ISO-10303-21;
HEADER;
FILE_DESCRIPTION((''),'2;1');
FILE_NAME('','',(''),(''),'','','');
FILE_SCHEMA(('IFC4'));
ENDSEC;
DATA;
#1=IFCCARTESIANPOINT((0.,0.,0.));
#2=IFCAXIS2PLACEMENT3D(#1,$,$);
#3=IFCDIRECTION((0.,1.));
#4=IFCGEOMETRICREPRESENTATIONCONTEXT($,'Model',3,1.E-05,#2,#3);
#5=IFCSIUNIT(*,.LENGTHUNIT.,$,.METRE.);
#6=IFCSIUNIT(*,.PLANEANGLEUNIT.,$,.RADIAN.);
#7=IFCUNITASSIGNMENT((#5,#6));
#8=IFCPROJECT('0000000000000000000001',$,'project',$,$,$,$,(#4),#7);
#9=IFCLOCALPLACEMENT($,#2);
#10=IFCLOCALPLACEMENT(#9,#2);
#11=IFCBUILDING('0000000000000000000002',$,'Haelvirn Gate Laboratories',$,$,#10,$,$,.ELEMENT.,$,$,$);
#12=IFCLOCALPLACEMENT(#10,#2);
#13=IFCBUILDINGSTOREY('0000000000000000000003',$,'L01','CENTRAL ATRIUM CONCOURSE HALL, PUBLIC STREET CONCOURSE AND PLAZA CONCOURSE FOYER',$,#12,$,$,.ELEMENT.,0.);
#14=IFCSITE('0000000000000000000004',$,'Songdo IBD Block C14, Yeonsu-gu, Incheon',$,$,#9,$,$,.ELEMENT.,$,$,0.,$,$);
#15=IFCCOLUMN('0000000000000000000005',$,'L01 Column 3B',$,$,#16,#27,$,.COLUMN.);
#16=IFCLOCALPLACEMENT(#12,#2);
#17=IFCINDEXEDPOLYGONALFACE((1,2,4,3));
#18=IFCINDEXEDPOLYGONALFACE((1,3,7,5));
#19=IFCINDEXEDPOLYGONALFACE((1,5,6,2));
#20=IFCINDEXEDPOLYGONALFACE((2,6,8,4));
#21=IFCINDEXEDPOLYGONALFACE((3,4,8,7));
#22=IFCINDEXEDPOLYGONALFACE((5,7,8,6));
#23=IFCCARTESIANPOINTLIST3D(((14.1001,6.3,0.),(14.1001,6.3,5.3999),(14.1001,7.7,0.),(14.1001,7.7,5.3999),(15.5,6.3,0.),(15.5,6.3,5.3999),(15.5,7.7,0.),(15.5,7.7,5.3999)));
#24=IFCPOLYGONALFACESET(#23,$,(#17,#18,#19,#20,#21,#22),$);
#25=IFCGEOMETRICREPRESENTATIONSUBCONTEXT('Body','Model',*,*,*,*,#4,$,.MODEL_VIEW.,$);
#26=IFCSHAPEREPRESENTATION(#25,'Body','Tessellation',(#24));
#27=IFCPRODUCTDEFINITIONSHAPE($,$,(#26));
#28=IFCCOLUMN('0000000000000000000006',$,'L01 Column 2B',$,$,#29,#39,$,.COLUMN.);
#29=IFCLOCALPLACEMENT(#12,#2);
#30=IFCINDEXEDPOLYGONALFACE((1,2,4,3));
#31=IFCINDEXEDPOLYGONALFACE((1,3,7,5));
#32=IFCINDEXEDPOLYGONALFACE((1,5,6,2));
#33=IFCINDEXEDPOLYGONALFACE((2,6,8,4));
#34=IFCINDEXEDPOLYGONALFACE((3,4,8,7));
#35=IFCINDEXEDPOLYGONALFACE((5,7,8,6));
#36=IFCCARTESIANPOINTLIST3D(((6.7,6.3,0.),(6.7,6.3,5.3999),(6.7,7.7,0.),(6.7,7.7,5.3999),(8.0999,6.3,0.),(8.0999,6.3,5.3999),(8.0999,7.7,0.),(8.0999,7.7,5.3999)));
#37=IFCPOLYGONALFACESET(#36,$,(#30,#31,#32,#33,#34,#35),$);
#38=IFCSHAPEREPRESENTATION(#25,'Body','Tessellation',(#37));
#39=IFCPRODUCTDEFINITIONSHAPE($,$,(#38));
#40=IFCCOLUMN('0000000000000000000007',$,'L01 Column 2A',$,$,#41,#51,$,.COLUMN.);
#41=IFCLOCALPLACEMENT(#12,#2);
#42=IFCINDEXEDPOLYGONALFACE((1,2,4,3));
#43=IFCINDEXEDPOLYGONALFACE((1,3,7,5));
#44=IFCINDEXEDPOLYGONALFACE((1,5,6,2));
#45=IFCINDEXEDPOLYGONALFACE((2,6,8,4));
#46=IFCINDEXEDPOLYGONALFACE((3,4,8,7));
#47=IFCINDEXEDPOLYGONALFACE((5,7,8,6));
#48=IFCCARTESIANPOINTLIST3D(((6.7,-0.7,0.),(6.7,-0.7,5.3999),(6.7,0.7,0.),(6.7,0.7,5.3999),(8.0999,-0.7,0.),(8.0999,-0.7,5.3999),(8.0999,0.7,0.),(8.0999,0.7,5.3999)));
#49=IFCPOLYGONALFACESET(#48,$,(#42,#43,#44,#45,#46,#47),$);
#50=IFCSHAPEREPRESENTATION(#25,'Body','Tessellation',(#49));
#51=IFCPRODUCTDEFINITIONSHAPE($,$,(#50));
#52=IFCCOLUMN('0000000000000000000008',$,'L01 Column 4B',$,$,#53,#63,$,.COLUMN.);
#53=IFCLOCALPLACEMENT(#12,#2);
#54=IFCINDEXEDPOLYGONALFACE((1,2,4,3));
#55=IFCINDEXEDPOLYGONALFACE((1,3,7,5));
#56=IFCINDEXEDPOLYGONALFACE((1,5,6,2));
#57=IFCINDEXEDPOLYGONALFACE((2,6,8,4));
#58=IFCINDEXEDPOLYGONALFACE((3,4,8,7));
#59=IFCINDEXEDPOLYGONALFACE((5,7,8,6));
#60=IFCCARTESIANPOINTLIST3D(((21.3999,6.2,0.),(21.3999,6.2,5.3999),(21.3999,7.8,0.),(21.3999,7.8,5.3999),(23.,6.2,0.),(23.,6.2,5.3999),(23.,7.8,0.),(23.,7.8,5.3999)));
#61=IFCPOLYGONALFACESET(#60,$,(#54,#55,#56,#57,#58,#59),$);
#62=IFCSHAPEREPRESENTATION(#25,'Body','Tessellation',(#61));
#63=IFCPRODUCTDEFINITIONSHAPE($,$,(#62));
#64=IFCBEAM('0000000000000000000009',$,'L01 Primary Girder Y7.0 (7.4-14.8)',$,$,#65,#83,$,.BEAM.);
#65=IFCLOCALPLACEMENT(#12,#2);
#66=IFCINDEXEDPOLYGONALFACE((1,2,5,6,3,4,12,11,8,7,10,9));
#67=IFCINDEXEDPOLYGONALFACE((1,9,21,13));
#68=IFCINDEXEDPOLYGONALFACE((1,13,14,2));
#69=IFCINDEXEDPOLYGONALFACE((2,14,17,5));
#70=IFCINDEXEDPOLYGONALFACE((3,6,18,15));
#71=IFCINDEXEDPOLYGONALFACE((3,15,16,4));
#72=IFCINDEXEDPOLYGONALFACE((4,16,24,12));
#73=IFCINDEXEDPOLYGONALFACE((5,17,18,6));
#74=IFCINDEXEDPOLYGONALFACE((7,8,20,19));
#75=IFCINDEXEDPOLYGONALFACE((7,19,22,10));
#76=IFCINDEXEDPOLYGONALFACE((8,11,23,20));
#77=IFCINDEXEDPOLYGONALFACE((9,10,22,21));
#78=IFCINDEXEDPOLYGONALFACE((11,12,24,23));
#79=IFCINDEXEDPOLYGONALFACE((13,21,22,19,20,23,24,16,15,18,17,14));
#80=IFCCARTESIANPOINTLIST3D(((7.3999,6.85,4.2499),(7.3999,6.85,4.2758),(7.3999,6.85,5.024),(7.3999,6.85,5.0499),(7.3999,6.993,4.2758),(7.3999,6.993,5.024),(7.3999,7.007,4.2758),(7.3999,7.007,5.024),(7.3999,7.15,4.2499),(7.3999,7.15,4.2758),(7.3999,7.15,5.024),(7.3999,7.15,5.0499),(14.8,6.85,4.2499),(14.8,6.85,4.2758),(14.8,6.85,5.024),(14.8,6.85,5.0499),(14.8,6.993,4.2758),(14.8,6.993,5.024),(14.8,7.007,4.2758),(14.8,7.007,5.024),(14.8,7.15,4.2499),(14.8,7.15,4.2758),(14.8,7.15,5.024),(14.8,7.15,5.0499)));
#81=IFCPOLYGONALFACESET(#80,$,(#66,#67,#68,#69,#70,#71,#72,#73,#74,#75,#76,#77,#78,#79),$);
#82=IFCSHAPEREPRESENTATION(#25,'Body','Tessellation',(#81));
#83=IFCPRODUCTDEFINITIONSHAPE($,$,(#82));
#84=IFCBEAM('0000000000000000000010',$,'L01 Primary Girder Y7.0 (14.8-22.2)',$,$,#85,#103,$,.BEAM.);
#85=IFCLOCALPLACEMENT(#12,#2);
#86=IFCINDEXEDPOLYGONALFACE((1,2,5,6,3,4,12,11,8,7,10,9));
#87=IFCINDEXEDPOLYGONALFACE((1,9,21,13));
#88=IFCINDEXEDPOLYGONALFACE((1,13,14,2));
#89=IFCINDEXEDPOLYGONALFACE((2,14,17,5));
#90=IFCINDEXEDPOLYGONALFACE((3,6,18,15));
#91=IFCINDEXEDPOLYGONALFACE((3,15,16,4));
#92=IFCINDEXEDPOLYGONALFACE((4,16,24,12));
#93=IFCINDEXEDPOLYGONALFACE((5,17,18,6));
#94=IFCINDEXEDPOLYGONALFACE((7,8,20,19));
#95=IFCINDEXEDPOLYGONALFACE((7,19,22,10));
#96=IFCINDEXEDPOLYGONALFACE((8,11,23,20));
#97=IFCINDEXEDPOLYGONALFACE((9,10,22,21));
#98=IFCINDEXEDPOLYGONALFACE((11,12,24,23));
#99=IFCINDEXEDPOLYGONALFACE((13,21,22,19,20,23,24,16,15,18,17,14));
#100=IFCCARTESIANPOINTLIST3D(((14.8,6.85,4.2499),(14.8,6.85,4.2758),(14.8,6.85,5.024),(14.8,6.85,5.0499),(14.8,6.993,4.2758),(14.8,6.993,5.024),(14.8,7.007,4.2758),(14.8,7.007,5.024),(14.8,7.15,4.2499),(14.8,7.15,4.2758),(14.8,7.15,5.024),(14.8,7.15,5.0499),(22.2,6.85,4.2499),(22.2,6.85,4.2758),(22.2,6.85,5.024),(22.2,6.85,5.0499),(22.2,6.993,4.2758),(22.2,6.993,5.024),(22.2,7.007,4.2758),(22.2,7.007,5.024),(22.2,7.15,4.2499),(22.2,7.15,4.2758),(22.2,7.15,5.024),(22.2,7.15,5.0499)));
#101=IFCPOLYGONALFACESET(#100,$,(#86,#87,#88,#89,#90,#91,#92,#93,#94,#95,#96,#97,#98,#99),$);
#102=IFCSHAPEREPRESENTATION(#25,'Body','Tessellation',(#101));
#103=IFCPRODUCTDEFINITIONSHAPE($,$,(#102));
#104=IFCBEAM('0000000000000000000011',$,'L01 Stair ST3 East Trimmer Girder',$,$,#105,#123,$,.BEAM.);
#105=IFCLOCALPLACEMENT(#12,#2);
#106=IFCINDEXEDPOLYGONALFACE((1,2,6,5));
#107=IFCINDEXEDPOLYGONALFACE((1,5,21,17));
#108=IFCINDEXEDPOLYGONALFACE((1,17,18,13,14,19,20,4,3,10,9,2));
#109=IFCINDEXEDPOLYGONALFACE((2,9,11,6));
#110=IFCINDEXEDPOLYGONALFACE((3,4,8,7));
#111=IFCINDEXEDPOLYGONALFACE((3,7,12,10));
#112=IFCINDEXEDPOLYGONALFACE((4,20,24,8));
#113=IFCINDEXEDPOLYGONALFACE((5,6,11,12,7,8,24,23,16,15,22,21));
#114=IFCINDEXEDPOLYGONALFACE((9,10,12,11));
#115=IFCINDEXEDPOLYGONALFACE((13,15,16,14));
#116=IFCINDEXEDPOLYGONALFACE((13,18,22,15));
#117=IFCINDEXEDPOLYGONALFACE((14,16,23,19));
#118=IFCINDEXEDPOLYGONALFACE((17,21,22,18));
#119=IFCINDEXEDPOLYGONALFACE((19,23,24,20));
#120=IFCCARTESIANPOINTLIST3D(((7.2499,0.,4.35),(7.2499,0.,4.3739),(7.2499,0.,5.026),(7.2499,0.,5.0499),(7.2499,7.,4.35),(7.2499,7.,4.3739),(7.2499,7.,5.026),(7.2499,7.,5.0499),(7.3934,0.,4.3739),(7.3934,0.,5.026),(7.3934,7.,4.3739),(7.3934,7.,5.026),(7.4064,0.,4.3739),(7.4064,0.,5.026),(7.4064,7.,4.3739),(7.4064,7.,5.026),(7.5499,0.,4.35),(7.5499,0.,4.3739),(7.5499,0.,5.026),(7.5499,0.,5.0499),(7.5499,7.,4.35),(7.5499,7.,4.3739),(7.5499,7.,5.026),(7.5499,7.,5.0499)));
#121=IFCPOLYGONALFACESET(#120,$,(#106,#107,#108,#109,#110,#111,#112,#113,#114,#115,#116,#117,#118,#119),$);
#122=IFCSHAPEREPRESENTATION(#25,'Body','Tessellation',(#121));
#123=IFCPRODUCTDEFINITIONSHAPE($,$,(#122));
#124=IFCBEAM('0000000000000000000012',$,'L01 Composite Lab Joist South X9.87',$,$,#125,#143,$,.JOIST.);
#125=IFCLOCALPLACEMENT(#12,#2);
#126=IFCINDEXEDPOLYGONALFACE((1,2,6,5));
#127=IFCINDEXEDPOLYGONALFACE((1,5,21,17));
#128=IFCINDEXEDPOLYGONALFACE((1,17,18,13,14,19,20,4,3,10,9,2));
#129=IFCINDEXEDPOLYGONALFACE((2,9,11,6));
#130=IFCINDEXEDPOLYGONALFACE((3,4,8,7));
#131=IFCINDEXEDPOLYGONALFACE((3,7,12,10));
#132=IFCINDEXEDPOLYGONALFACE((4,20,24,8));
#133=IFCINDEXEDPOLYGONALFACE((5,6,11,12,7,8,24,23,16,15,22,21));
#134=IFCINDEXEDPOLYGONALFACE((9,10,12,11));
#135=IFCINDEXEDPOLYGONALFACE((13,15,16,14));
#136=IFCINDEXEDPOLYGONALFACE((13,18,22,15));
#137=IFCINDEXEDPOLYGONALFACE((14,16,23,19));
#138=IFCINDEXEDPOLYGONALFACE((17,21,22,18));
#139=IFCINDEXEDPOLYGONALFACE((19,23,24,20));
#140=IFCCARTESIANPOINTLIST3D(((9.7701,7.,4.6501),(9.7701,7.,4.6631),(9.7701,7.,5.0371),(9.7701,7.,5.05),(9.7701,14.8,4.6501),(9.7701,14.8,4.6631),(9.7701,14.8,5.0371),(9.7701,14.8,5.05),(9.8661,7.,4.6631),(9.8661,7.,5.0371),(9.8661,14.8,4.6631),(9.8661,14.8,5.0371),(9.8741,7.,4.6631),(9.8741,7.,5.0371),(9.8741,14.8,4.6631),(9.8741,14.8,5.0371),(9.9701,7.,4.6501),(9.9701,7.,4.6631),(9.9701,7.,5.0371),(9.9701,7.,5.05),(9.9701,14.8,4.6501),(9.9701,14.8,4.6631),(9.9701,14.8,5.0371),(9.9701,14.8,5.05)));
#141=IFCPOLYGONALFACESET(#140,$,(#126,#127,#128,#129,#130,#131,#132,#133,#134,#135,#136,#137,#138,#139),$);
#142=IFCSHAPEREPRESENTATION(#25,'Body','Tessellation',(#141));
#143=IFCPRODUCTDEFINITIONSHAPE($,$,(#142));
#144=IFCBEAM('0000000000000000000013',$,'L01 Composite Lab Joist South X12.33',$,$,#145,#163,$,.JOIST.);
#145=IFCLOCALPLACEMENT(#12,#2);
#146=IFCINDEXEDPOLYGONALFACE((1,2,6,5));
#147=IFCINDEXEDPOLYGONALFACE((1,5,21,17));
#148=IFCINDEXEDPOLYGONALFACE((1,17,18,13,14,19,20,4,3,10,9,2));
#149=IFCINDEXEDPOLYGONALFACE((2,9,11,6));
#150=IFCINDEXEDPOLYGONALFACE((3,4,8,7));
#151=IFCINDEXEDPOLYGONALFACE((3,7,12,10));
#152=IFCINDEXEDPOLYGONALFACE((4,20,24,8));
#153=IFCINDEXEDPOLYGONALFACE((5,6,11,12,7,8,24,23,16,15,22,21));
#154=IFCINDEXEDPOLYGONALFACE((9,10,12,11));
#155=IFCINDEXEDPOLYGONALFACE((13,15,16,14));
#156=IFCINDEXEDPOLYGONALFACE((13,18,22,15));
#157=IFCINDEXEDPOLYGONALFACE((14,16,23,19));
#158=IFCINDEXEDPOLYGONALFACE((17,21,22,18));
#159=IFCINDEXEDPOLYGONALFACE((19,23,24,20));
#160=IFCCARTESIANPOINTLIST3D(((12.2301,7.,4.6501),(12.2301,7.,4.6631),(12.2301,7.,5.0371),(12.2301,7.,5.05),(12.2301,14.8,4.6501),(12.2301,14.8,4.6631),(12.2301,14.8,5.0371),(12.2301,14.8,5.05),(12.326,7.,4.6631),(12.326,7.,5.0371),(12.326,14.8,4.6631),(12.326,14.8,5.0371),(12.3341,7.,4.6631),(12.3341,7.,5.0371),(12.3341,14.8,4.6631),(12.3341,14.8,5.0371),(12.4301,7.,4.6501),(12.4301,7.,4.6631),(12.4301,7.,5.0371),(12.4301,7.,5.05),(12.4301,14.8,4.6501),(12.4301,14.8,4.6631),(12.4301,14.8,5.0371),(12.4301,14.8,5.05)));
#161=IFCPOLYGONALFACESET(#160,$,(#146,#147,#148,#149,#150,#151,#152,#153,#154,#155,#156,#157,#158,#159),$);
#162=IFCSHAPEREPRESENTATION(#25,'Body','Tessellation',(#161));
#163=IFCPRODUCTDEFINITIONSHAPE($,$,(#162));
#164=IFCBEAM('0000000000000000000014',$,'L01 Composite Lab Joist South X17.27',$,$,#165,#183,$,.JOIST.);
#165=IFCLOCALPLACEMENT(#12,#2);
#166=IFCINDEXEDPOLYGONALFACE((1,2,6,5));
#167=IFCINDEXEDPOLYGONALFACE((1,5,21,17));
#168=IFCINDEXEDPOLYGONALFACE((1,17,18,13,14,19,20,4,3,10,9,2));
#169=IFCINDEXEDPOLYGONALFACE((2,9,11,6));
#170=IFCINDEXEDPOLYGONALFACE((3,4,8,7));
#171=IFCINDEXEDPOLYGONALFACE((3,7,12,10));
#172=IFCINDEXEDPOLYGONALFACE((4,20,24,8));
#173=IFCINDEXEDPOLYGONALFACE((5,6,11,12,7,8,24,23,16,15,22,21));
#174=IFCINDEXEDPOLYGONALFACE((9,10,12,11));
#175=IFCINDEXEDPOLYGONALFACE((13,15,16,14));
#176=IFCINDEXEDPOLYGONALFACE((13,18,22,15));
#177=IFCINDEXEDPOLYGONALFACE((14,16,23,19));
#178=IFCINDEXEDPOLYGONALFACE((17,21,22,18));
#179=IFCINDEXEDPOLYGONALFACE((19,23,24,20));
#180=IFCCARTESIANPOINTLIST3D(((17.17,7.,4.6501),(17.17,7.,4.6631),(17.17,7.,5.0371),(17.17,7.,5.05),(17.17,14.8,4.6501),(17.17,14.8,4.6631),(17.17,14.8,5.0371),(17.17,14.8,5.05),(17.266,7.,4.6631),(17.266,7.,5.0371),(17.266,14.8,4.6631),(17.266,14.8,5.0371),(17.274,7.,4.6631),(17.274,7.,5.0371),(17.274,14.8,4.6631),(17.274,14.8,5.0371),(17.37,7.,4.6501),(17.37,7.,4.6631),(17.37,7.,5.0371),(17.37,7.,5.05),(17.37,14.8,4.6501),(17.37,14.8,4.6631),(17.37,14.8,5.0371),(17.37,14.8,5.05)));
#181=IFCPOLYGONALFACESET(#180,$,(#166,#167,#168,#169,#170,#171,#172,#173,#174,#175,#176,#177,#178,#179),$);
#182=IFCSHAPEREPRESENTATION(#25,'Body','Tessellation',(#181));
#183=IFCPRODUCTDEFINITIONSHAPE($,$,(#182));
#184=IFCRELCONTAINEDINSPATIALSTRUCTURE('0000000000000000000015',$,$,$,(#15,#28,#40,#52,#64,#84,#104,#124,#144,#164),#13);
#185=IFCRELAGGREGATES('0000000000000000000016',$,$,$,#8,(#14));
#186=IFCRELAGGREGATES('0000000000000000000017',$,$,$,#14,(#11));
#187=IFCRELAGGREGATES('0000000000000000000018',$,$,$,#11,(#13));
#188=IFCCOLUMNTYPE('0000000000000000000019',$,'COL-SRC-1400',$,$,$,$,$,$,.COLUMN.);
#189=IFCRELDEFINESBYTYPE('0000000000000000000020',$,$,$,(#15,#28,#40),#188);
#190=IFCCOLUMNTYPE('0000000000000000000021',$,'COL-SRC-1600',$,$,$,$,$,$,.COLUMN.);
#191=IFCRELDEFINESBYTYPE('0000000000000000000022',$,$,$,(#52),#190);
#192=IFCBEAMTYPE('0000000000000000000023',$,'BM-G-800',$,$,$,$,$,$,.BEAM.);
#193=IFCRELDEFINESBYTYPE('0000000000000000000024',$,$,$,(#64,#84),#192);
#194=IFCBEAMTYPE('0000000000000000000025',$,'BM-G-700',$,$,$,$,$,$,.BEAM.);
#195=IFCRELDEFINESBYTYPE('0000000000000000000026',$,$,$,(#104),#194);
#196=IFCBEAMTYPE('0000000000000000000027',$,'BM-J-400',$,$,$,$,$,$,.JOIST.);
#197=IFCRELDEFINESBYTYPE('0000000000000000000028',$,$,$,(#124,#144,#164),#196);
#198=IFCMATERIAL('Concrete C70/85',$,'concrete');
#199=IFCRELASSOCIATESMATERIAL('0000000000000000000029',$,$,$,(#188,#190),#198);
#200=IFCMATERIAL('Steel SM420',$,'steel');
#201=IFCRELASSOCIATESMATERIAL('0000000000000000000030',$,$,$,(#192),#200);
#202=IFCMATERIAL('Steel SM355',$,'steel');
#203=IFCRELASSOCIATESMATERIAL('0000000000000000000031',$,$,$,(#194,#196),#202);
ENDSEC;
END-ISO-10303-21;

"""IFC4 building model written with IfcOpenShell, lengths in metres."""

from ifc_helpers import new_model, si_unit, direction, frame, origin, origin_2d, place, context, subcontext, project, spatial, rectangle, i_section, extrude, source, transform, mapped, material, material_profile, profile_set, type_object, type_shapes, element, save


model = new_model("IFC4")

# Units and contexts
model_context = context("Model", 3, precision=1e-05, world=origin(), true_north=direction((0.0, 1.0)))
body_context = subcontext(model_context, "Body", "Model", "MODEL_VIEW")
ifc_project = project(units=[si_unit("LENGTHUNIT", "METRE"), si_unit("PLANEANGLEUNIT", "RADIAN")], contexts=[model_context])

# Site, building, storey
site_placement = place(None, origin())
site = spatial("IfcSite", under=ifc_project, at=site_placement, Name="Songdo IBD Block C14, Yeonsu-gu, Incheon", CompositionType="ELEMENT", RefElevation=0.0)
building_placement = place(site_placement, origin())
building = spatial("IfcBuilding", under=site, at=building_placement, Name="Haelvirn Gate Laboratories", CompositionType="ELEMENT")
storey_placement = place(building_placement, origin())
storey = spatial("IfcBuildingStorey", under=building, at=storey_placement, Name="L01", Description="CENTRAL ATRIUM CONCOURSE HALL, PUBLIC STREET CONCOURSE AND PLAZA CONCOURSE FOYER", CompositionType="ELEMENT", Elevation=0.0)

# Columns
ifc_material_1 = material(Name="Concrete C70/85", Category="concrete")
ifc_material_profile_1 = material_profile(ifc_material_1, rectangle(XDim=1.3999, YDim=1.3999, at=origin_2d()), Name="SRC-1400x1400")
ifc_profile_set_1 = profile_set([ifc_material_profile_1], Name="Concrete C70/85")
column_type_1 = type_object("IfcColumnType", Name="COL-SRC-1400", PredefinedType="COLUMN", material=ifc_profile_set_1)
shared_shape_1 = source(origin(), body_context, "Body", "SweptSolid", [
    extrude(rectangle(XDim=1.3999, YDim=1.3999, at=origin_2d()), origin(), (0.0, 0.0, 1.0), 5.3999),
])
type_shapes(column_type_1, [shared_shape_1])
for number, where, z_axis, x_axis, name in (
    (1, (14.8, 7.0, 0.0), (0.0, 0.0, 1.0), (1.0, 0.0, 0.0), "L01 Column 3B"),
    (2, (7.3999, 7.0, 0.0), (0.0, 0.0, 1.0), (1.0, 0.0, 0.0), "L01 Column 2B"),
    (3, (7.3999, 0.0, 0.0), (0.0, 0.0, 1.0), (1.0, 0.0, 0.0), "L01 Column 2A"),
):
    element("IfcColumn", number, at=place(storey_placement, frame(where, z_axis=z_axis, x_axis=x_axis)), inside=storey, type_object=column_type_1, Name=name, PredefinedType="COLUMN", context=body_context, shape_type="MappedRepresentation", body=[
        mapped(shared_shape_1, transform((0.0, 0.0, 0.0), scale=1.0)),
    ])
ifc_material_profile_2 = material_profile(ifc_material_1, rectangle(XDim=1.6001, YDim=1.6001, at=origin_2d()), Name="SRC-1600x1600")
ifc_profile_set_2 = profile_set([ifc_material_profile_2], Name="Concrete C70/85")
column_type_2 = type_object("IfcColumnType", Name="COL-SRC-1600", PredefinedType="COLUMN", material=ifc_profile_set_2)
shared_shape_2 = source(origin(), body_context, "Body", "SweptSolid", [
    extrude(rectangle(XDim=1.6001, YDim=1.6001, at=origin_2d()), origin(), (0.0, 0.0, 1.0), 5.3999),
])
type_shapes(column_type_2, [shared_shape_2])
column_placement = place(storey_placement, frame((22.2, 7.0, 0.0), z_axis=(0.0, 0.0, 1.0), x_axis=(1.0, 0.0, 0.0)))
element("IfcColumn", 4, at=column_placement, inside=storey, type_object=column_type_2, Name="L01 Column 4B", PredefinedType="COLUMN", context=body_context, shape_type="MappedRepresentation", body=[
    mapped(shared_shape_2, transform((0.0, 0.0, 0.0), scale=1.0)),
])

# Beams
ifc_material_2 = material(Name="Steel SM420", Category="steel")
ifc_material_profile_3 = material_profile(ifc_material_2, i_section(OverallWidth=0.3, OverallDepth=0.8, WebThickness=0.0139, FlangeThickness=0.0259, at=origin_2d()), Name="H-800x300x14x26")
ifc_profile_set_3 = profile_set([ifc_material_profile_3], Name="Steel SM420")
beam_type_1 = type_object("IfcBeamType", Name="BM-G-800", PredefinedType="BEAM", material=ifc_profile_set_3)
shared_shape_3 = source(origin(), body_context, "Body", "SweptSolid", [
    extrude(i_section(OverallWidth=0.3, OverallDepth=0.8, WebThickness=0.0139, FlangeThickness=0.0259, at=origin_2d()), origin(), (0.0, 0.0, 1.0), 7.4001),
])
beam_1_placement = place(storey_placement, frame((7.3999, 7.0, 4.6499), z_axis=(1.0, 0.0, 0.0), x_axis=(0.0, 1.0, 0.0)))
element("IfcBeam", 5, at=beam_1_placement, inside=storey, type_object=beam_type_1, Name="L01 Primary Girder Y7.0 (7.4-14.8)", PredefinedType="BEAM", context=body_context, shape_type="MappedRepresentation", body=[
    mapped(shared_shape_3, transform((0.0, 0.0, 0.0), scale=1.0)),
])
shared_shape_4 = source(origin(), body_context, "Body", "SweptSolid", [
    extrude(i_section(OverallWidth=0.3, OverallDepth=0.8, WebThickness=0.0139, FlangeThickness=0.0259, at=origin_2d()), origin(), (0.0, 0.0, 1.0), 7.3999),
])
type_shapes(beam_type_1, [shared_shape_3, shared_shape_4])
beam_2_placement = place(storey_placement, frame((14.8, 7.0, 4.6499), z_axis=(1.0, 0.0, 0.0), x_axis=(0.0, 1.0, 0.0)))
element("IfcBeam", 6, at=beam_2_placement, inside=storey, type_object=beam_type_1, Name="L01 Primary Girder Y7.0 (14.8-22.2)", PredefinedType="BEAM", context=body_context, shape_type="MappedRepresentation", body=[
    mapped(shared_shape_4, transform((0.0, 0.0, 0.0), scale=1.0)),
])
ifc_material_3 = material(Name="Steel SM355", Category="steel")
ifc_material_profile_4 = material_profile(ifc_material_3, i_section(OverallWidth=0.3, OverallDepth=0.7, WebThickness=0.0129, FlangeThickness=0.0239, at=origin_2d()), Name="H-700x300x13x24")
ifc_profile_set_4 = profile_set([ifc_material_profile_4], Name="Steel SM355")
beam_type_2 = type_object("IfcBeamType", Name="BM-G-700", PredefinedType="BEAM", material=ifc_profile_set_4)
shared_shape_5 = source(origin(), body_context, "Body", "SweptSolid", [
    extrude(i_section(OverallWidth=0.3, OverallDepth=0.7, WebThickness=0.0129, FlangeThickness=0.0239, at=origin_2d()), origin(), (0.0, 0.0, 1.0), 7.0),
])
beam_3_placement = place(storey_placement, frame((7.3999, 0.0, 4.7), z_axis=(0.0, 1.0, 0.0), x_axis=(-1.0, 0.0, 0.0)))
element("IfcBeam", 7, at=beam_3_placement, inside=storey, type_object=beam_type_2, Name="L01 Stair ST3 East Trimmer Girder", PredefinedType="BEAM", context=body_context, shape_type="MappedRepresentation", body=[
    mapped(shared_shape_5, transform((0.0, 0.0, 0.0), scale=1.0)),
])
ifc_material_profile_5 = material_profile(ifc_material_3, i_section(OverallWidth=0.2, OverallDepth=0.3999, WebThickness=0.0081, FlangeThickness=0.0129, at=origin_2d()), Name="H-400x200x8x13")
ifc_profile_set_5 = profile_set([ifc_material_profile_5], Name="Steel SM355")
beam_type_3 = type_object("IfcBeamType", Name="BM-J-400", PredefinedType="JOIST", material=ifc_profile_set_5)
shared_shape_6 = source(origin(), body_context, "Body", "SweptSolid", [
    extrude(i_section(OverallWidth=0.2, OverallDepth=0.3999, WebThickness=0.0081, FlangeThickness=0.0129, at=origin_2d()), origin(), (0.0, 0.0, 1.0), 7.8),
])
type_shapes(beam_type_3, [shared_shape_6])
for number, where, z_axis, x_axis, name in (
    (8, (9.8701, 7.0, 4.8501), (0.0, 1.0, 0.0), (-1.0, 0.0, 0.0), "L01 Composite Lab Joist South X9.87"),
    (9, (12.3301, 7.0, 4.8501), (0.0, 1.0, 0.0), (-1.0, 0.0, 0.0), "L01 Composite Lab Joist South X12.33"),
    (10, (17.27, 7.0, 4.8501), (0.0, 1.0, 0.0), (-1.0, 0.0, 0.0), "L01 Composite Lab Joist South X17.27"),
):
    element("IfcBeam", number, at=place(storey_placement, frame(where, z_axis=z_axis, x_axis=x_axis)), inside=storey, type_object=beam_type_3, Name=name, PredefinedType="JOIST", context=body_context, shape_type="MappedRepresentation", body=[
        mapped(shared_shape_6, transform((0.0, 0.0, 0.0), scale=1.0)),
    ])

save(model, "model.ifc")
